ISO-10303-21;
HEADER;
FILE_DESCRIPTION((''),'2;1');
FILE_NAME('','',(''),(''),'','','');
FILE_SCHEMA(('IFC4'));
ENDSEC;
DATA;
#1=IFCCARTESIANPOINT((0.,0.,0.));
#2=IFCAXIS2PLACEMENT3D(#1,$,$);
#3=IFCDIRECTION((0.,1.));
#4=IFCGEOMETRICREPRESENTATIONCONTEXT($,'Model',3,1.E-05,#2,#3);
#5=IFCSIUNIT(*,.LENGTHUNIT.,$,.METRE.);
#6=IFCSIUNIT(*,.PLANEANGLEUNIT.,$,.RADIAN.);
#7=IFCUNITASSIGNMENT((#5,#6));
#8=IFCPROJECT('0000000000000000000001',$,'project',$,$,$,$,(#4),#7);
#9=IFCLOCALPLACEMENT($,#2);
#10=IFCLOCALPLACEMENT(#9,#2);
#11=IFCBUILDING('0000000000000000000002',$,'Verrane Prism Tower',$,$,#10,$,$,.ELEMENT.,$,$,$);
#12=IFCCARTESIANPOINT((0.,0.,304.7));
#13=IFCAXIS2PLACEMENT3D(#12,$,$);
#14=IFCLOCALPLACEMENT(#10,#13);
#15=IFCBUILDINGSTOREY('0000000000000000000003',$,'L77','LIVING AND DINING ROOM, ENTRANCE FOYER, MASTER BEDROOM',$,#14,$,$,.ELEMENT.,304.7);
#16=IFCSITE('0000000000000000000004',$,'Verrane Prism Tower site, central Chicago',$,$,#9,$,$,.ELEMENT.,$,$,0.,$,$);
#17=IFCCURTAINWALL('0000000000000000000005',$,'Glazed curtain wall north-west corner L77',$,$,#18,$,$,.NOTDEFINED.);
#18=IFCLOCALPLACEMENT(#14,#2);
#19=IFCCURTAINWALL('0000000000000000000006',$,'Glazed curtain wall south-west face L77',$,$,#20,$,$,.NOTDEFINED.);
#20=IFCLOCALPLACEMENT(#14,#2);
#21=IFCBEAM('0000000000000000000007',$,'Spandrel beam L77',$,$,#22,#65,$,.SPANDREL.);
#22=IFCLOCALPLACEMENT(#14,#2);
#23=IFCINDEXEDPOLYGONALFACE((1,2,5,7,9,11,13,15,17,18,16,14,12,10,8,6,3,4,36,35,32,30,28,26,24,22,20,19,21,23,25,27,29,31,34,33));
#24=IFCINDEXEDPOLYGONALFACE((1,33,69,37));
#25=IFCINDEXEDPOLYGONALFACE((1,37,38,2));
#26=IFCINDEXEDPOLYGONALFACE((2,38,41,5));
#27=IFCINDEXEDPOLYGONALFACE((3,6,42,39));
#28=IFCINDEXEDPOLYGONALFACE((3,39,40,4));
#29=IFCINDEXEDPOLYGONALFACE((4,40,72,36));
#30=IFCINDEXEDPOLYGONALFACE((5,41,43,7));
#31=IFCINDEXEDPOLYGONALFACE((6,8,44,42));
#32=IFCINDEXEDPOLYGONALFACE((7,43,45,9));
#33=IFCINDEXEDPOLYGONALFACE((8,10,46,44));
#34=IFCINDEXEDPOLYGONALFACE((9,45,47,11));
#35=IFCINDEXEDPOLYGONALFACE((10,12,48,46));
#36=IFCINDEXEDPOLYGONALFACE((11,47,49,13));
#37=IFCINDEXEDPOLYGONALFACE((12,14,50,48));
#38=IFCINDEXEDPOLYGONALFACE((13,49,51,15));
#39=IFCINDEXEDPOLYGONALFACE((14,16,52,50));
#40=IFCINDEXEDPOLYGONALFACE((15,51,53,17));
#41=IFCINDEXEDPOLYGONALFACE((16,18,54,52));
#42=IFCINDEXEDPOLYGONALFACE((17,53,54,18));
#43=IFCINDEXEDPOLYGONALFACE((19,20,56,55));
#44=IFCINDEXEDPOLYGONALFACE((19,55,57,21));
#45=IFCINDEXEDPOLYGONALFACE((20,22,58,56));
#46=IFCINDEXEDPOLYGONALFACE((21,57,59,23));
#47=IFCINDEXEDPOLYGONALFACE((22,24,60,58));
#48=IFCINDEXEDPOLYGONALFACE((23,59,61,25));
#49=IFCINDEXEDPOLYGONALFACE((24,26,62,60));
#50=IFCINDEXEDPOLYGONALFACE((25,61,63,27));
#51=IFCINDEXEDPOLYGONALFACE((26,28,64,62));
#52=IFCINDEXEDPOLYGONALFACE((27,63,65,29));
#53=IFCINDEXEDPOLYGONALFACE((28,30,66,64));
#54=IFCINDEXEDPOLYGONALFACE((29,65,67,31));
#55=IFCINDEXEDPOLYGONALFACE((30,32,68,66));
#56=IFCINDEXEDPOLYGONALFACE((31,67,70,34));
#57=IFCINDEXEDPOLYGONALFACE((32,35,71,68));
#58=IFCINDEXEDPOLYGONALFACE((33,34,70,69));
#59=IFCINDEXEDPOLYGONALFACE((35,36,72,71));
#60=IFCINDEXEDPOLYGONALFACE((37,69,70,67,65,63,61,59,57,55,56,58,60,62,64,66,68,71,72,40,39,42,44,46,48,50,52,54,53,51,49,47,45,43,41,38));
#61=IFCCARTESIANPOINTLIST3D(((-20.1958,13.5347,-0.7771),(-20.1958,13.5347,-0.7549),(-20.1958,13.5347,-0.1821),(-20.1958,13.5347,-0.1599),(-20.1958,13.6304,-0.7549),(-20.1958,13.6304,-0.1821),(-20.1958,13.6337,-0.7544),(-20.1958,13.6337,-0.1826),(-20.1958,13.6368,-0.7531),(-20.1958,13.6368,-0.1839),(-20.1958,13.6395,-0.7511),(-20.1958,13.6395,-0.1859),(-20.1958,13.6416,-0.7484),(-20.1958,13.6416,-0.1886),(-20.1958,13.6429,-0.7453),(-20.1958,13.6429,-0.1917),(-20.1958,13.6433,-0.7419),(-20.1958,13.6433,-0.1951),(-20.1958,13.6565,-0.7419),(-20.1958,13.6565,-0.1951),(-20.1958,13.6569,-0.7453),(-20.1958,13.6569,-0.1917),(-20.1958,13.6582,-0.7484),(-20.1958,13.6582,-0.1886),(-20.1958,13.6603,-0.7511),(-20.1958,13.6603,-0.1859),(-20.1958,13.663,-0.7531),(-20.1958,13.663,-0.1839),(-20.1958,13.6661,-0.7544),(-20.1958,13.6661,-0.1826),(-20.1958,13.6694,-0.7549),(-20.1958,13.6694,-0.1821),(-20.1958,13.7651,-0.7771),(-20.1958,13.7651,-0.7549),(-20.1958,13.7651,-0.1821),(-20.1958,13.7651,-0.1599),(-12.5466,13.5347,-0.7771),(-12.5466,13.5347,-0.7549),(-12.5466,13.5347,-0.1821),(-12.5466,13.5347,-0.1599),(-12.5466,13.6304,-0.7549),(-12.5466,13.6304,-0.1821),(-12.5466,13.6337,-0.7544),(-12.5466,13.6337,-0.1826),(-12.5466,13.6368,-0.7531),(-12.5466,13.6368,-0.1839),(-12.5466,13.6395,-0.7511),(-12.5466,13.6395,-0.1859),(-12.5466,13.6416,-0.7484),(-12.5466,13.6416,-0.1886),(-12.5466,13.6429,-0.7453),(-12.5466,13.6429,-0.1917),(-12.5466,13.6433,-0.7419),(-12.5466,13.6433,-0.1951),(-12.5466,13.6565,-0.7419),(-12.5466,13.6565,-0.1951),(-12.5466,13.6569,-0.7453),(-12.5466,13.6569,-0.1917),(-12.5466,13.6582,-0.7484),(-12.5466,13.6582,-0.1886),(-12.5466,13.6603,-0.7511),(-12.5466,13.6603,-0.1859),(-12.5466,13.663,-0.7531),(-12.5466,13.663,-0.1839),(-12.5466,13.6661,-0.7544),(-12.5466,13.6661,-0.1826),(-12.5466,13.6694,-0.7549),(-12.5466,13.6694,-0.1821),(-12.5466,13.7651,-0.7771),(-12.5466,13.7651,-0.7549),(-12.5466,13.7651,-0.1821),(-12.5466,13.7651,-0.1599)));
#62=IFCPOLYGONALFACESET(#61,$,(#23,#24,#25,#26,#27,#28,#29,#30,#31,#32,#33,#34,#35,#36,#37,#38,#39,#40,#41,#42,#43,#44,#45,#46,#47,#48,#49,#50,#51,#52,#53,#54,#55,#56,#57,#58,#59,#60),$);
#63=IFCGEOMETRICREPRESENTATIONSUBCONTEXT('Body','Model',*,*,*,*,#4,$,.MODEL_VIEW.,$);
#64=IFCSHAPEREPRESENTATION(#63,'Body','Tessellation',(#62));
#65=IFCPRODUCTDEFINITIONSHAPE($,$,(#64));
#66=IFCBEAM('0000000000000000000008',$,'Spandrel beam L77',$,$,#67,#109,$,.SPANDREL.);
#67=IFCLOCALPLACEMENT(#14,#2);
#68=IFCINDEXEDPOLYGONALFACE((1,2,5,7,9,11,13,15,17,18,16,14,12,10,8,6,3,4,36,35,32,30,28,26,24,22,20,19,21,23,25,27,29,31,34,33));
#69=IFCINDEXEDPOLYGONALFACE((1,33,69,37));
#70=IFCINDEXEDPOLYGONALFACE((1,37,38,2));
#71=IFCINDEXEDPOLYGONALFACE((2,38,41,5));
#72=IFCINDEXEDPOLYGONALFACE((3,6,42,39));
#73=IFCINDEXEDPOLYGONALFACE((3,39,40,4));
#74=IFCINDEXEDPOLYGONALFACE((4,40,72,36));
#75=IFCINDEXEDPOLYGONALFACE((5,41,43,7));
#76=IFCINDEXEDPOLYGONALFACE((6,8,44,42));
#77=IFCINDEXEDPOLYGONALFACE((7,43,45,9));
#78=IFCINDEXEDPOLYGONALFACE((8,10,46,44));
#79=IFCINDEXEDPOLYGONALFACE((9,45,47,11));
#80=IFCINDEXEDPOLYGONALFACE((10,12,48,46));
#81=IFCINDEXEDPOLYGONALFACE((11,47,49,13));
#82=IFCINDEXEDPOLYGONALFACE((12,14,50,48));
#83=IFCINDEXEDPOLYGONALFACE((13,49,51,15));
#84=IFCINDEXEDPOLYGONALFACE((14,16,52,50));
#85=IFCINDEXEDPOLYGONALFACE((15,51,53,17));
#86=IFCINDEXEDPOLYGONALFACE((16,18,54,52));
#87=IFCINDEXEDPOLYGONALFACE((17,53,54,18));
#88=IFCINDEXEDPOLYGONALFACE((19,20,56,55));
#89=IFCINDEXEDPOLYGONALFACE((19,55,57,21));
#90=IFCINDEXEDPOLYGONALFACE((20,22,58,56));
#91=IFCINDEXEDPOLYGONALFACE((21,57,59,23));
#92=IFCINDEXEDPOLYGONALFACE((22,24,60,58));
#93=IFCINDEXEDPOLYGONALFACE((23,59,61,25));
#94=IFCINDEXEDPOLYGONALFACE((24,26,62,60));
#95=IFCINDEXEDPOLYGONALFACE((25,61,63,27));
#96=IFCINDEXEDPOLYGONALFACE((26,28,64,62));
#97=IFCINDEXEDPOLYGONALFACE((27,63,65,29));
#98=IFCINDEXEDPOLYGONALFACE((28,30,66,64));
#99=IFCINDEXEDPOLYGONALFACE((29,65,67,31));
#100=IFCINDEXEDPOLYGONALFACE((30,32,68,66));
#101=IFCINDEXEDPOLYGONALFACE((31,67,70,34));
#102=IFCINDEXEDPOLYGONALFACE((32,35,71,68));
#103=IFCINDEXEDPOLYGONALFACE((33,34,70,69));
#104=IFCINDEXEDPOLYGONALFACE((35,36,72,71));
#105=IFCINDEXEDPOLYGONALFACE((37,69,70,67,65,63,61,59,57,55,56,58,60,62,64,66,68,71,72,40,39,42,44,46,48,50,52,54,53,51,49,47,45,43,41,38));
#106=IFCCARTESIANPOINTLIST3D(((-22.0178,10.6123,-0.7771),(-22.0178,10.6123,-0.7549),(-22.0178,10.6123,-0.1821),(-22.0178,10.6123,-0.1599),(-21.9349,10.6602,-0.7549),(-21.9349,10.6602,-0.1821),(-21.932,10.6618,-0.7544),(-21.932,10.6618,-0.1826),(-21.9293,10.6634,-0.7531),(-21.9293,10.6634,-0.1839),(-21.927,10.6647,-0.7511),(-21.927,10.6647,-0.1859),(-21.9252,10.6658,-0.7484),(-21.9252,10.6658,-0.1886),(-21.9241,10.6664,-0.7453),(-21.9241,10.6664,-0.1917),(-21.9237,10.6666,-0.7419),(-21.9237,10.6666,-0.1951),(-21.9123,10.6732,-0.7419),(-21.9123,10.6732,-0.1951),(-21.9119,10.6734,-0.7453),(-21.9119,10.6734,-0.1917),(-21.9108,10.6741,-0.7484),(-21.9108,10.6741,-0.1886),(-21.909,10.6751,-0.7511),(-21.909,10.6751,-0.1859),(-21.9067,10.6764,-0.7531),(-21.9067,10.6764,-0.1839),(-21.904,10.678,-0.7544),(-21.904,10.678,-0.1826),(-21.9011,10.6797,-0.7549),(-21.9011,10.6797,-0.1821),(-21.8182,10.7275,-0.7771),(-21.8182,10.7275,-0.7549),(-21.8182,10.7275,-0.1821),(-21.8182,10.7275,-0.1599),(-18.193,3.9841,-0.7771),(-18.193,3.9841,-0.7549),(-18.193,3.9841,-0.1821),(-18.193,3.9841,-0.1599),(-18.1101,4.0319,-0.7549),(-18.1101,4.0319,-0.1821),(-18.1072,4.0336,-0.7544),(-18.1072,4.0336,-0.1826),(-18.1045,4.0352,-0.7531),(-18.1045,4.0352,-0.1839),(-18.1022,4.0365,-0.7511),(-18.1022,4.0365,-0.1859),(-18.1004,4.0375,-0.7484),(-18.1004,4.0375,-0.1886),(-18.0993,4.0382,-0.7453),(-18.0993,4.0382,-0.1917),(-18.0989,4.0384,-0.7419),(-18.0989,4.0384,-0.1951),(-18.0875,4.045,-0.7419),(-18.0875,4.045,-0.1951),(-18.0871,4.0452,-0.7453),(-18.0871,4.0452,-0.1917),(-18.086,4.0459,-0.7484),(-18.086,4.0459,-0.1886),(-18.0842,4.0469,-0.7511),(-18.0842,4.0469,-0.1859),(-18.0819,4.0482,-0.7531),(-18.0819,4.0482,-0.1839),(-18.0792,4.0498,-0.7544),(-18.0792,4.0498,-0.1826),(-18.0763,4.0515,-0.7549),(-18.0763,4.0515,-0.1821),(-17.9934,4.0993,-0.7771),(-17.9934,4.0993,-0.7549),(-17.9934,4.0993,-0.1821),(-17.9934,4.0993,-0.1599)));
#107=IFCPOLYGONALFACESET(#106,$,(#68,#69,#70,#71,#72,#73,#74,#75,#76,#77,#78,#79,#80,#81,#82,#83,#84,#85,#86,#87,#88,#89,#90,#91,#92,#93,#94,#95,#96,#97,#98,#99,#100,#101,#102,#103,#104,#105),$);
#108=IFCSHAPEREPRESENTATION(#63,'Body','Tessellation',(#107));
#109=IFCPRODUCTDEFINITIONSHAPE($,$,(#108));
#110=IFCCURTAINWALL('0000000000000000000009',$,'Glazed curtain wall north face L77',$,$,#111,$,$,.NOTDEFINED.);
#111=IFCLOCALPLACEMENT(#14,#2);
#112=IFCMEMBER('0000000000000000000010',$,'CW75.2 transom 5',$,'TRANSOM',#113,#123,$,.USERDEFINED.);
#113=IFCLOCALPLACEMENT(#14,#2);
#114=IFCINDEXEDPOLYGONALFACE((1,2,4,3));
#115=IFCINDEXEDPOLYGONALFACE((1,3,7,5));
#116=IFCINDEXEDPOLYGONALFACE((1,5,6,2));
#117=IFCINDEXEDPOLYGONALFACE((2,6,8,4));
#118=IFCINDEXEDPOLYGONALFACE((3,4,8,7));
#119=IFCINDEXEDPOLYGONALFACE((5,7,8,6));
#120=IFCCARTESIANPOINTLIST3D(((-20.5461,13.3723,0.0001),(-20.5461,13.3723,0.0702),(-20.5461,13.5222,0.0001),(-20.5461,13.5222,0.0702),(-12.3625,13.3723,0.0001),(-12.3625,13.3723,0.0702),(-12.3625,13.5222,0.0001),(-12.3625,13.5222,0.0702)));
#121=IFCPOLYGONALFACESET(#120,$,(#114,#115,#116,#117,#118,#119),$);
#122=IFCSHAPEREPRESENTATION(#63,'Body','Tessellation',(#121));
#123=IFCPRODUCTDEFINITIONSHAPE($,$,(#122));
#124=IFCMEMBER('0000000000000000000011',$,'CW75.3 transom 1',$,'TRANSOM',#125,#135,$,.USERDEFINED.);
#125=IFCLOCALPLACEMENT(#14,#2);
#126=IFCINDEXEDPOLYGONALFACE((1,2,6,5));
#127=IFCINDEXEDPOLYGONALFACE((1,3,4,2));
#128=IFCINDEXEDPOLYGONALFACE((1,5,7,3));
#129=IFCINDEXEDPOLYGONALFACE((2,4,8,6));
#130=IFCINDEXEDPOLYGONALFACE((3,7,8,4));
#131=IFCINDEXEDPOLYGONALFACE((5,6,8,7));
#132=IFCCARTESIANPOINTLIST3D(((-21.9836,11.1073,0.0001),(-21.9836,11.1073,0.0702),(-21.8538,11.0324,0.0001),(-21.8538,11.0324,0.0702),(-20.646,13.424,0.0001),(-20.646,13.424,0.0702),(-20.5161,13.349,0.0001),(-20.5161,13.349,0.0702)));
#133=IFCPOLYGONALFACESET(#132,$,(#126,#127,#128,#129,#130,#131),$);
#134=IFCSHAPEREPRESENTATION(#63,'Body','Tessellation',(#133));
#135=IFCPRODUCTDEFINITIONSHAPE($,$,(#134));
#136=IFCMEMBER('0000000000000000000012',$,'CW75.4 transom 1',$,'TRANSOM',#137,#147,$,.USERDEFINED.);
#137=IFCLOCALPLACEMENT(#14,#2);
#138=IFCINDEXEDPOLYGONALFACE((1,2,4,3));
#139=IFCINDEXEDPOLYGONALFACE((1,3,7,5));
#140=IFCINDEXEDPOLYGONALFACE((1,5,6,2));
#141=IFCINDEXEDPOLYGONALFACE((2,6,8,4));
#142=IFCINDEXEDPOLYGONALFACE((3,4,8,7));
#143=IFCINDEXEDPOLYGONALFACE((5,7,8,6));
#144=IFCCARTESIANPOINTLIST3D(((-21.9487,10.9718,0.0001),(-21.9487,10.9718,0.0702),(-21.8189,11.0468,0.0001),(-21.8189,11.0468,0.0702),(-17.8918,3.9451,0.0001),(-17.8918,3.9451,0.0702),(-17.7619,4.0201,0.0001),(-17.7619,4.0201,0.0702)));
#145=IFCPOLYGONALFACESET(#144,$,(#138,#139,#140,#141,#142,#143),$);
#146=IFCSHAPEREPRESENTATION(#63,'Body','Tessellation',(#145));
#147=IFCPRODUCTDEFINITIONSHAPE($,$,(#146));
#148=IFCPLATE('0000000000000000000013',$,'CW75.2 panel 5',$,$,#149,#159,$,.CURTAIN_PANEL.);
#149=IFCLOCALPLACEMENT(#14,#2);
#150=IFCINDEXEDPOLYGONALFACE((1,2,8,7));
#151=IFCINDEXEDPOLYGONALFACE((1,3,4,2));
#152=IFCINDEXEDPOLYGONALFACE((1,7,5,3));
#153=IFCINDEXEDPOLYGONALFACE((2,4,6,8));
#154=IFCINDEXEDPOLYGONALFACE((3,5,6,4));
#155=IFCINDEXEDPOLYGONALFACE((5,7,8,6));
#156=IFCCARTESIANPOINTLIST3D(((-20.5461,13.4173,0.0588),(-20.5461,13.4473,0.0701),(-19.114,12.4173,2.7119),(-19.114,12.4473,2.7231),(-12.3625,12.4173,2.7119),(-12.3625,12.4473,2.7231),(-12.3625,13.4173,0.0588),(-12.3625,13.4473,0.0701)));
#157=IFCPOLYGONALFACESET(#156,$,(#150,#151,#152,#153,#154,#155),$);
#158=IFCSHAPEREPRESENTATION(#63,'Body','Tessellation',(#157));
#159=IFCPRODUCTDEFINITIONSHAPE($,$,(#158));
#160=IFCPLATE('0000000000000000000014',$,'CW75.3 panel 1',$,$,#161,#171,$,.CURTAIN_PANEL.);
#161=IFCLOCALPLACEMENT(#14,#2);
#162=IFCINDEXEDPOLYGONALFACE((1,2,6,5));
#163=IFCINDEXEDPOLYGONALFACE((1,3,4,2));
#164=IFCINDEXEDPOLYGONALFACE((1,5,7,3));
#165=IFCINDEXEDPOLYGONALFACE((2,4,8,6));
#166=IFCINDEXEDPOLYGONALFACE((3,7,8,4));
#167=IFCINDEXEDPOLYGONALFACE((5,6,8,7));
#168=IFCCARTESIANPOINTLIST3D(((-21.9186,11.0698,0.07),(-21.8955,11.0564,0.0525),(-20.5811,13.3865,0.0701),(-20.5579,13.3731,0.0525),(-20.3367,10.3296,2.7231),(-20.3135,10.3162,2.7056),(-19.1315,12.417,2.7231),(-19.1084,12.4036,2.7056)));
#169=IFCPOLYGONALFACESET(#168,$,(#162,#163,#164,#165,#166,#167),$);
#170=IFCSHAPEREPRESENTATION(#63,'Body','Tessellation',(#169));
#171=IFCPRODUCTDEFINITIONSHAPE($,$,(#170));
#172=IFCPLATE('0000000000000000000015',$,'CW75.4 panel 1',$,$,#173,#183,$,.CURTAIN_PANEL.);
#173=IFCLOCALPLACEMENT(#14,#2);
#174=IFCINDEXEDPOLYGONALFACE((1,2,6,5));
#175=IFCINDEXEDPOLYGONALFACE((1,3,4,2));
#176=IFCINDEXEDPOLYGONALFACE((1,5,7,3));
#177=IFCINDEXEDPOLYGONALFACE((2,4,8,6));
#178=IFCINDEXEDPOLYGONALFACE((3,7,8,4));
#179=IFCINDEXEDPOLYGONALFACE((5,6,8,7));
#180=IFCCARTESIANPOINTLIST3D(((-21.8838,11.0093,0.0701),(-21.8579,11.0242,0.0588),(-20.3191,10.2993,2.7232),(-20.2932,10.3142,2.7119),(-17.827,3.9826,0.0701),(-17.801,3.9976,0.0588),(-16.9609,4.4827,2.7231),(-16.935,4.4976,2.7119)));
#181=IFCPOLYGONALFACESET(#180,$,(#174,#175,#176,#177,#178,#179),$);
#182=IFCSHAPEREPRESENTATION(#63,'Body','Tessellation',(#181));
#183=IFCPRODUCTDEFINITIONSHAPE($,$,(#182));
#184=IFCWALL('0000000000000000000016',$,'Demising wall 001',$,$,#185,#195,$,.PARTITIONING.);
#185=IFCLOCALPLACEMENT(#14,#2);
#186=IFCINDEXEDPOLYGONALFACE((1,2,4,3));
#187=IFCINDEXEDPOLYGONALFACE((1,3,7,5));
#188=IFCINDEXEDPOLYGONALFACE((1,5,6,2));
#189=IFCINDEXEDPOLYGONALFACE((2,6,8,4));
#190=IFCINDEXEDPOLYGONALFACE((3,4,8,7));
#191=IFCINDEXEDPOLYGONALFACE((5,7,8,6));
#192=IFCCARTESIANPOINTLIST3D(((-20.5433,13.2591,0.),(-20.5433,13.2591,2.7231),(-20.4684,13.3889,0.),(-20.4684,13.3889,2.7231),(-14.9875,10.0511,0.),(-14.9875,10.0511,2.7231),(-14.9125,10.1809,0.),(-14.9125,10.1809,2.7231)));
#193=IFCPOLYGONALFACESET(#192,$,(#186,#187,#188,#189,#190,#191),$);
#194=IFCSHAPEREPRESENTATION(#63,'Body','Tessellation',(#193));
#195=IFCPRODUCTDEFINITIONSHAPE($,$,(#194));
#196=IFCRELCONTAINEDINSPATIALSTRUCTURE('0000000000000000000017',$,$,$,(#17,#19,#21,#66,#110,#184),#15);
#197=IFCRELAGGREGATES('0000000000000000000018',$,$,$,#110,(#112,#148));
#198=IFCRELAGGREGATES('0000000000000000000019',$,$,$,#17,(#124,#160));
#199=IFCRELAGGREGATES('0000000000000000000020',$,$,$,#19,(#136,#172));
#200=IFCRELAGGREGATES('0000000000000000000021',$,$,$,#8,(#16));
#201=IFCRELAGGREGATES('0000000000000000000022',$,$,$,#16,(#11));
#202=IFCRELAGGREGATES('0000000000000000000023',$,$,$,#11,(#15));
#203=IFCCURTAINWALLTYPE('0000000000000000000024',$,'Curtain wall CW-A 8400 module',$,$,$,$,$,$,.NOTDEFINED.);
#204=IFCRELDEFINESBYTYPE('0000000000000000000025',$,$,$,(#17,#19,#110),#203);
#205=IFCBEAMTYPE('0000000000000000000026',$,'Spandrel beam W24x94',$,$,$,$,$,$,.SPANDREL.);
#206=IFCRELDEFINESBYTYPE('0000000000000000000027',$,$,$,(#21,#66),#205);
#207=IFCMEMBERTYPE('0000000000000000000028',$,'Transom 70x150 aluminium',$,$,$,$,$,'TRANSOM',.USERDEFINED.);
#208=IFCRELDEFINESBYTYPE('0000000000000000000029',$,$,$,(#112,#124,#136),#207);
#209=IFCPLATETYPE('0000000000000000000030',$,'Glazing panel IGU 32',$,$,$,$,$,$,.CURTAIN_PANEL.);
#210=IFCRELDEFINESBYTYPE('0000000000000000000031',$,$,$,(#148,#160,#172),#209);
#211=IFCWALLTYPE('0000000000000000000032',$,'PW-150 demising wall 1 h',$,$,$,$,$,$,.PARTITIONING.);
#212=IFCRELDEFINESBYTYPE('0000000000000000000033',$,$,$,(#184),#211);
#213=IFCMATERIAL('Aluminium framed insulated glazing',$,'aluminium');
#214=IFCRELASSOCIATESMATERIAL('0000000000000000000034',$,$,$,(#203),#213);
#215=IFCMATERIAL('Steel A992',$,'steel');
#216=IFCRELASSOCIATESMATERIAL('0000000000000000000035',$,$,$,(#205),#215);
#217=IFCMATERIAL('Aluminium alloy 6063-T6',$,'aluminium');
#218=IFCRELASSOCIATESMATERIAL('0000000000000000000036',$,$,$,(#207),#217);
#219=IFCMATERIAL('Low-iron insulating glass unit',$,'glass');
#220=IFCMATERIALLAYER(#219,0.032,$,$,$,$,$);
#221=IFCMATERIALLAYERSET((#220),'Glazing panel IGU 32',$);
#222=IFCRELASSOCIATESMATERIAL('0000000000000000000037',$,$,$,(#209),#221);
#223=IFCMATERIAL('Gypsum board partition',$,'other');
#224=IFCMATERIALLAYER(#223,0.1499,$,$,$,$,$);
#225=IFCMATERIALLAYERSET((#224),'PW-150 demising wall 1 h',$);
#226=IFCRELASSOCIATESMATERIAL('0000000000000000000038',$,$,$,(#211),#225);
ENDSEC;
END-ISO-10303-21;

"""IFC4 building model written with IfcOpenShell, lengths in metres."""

from ifc_helpers import new_model, si_unit, direction, frame, frame_2d, origin, origin_2d, place, context, subcontext, project, spatial, polyline, rectangle, i_section, outline, extrude, material, layer, layer_set, material_profile, profile_set, type_object, element, aggregate, save


model = new_model("IFC4")

# Units and contexts
model_context = context("Model", 3, precision=1e-05, world=origin(), true_north=direction((0.0, 1.0)))
body_context = subcontext(model_context, "Body", "Model", "MODEL_VIEW")
ifc_project = project(units=[si_unit("LENGTHUNIT", "METRE"), si_unit("PLANEANGLEUNIT", "RADIAN")], contexts=[model_context])

# Site, building, storey
site_placement = place(None, origin())
site = spatial("IfcSite", under=ifc_project, at=site_placement, Name="Verrane Prism Tower site, central Chicago", CompositionType="ELEMENT", RefElevation=0.0)
building_placement = place(site_placement, origin())
building = spatial("IfcBuilding", under=site, at=building_placement, Name="Verrane Prism Tower", CompositionType="ELEMENT")
storey_placement = place(building_placement, frame((0.0, 0.0, 304.7)))
storey = spatial("IfcBuildingStorey", under=building, at=storey_placement, Name="L77", Description="LIVING AND DINING ROOM, ENTRANCE FOYER, MASTER BEDROOM", CompositionType="ELEMENT", Elevation=304.7)

# Curtain walls
ifc_material_1 = material(Name="Aluminium framed insulated glazing", Category="aluminium")
curtain_wall_type = type_object("IfcCurtainWallType", Name="Curtain wall CW-A 8400 module", PredefinedType="NOTDEFINED", material=ifc_material_1)
curtain_wall_1_placement = place(storey_placement, origin())
curtain_wall_1 = element("IfcCurtainWall", 1, at=curtain_wall_1_placement, inside=storey, type_object=curtain_wall_type, Name="Glazed curtain wall north-west corner L77", PredefinedType="NOTDEFINED")
curtain_wall_2_placement = place(storey_placement, origin())
curtain_wall_2 = element("IfcCurtainWall", 2, at=curtain_wall_2_placement, inside=storey, type_object=curtain_wall_type, Name="Glazed curtain wall south-west face L77", PredefinedType="NOTDEFINED")

# Beams
ifc_material_2 = material(Name="Steel A992", Category="steel")
ifc_material_profile_1 = material_profile(ifc_material_2, i_section(OverallWidth=0.2305, OverallDepth=0.6172, WebThickness=0.0132, FlangeThickness=0.0222, FilletRadius=0.0129, at=origin_2d()), Name="W24x94")
ifc_profile_set_1 = profile_set([ifc_material_profile_1], Name="Steel A992")
beam_type_1 = type_object("IfcBeamType", Name="Spandrel beam W24x94", PredefinedType="SPANDREL", material=ifc_profile_set_1)
beam_1_placement = place(storey_placement, frame((-12.5466, 13.6499, -0.4685), z_axis=(-1.0, 0.0, 0.0), x_axis=(0.0, -1.0, 0.0)))
element("IfcBeam", 3, at=beam_1_placement, inside=storey, type_object=beam_type_1, Name="Spandrel beam L77", PredefinedType="SPANDREL", context=body_context, shape_type="SweptSolid", body=[
    extrude(i_section(OverallWidth=0.2305, OverallDepth=0.6172, WebThickness=0.0132, FlangeThickness=0.0222, FilletRadius=0.0129, at=origin_2d()), origin(), (0.0, 0.0, 1.0), 7.6492),
])
beam_2_placement = place(storey_placement, frame((-21.918, 10.6699, -0.4685), z_axis=(0.499797, -0.866143, 0.0), x_axis=(0.866143, 0.499797, 0.0)))
element("IfcBeam", 4, at=beam_2_placement, inside=storey, type_object=beam_type_1, Name="Spandrel beam L77", PredefinedType="SPANDREL", context=body_context, shape_type="SweptSolid", body=[
    extrude(i_section(OverallWidth=0.2305, OverallDepth=0.6172, WebThickness=0.0132, FlangeThickness=0.0222, FilletRadius=0.0129, at=origin_2d()), origin(), (0.0, 0.0, 1.0), 7.6526),
])

# Curtain wall, member
curtain_wall_3_placement = place(storey_placement, origin())
curtain_wall_3 = element("IfcCurtainWall", 5, at=curtain_wall_3_placement, inside=storey, type_object=curtain_wall_type, Name="Glazed curtain wall north face L77", PredefinedType="NOTDEFINED")
ifc_material_3 = material(Name="Aluminium alloy 6063-T6", Category="aluminium")
ifc_material_profile_2 = material_profile(ifc_material_3, rectangle(XDim=0.1499, YDim=0.0701, at=origin_2d()), Name="Transom 70x150 aluminium")
ifc_profile_set_2 = profile_set([ifc_material_profile_2], Name="Aluminium alloy 6063-T6")
member_type_1 = type_object("IfcMemberType", Name="Transom 70x150 aluminium", ElementType="TRANSOM", PredefinedType="USERDEFINED", material=ifc_profile_set_2)
member_1_placement = place(storey_placement, frame((-12.3625, 13.4473, 0.0352), z_axis=(-1.0, 0.0, 0.0), x_axis=(0.0, -1.0, 0.0)))
member_1 = element("IfcMember", 6, at=member_1_placement, type_object=member_type_1, Name="CW75.2 transom 5", ObjectType="TRANSOM", PredefinedType="USERDEFINED", context=body_context, shape_type="SweptSolid", body=[
    extrude(rectangle(XDim=0.1499, YDim=0.0701, at=origin_2d()), origin(), (0.0, 0.0, 1.0), 8.1836),
])

# Members
member_2_placement = place(storey_placement, frame((-20.5811, 13.3865, 0.0352), z_axis=(-0.500036, -0.866005, 0.0), x_axis=(0.866005, -0.500036, 0.0)))
member_2 = element("IfcMember", 7, at=member_2_placement, type_object=member_type_1, Name="CW75.3 transom 1", ObjectType="TRANSOM", PredefinedType="USERDEFINED", context=body_context, shape_type="SweptSolid", body=[
    extrude(rectangle(XDim=0.1499, YDim=0.0701, at=origin_2d()), origin(), (0.0, 0.0, 1.0), 2.675),
])
member_3_placement = place(storey_placement, frame((-21.8838, 11.0093, 0.0352), z_axis=(0.500006, -0.866022, 0.0), x_axis=(0.866022, 0.500006, 0.0)))
member_3 = element("IfcMember", 8, at=member_3_placement, type_object=member_type_1, Name="CW75.4 transom 1", ObjectType="TRANSOM", PredefinedType="USERDEFINED", context=body_context, shape_type="SweptSolid", body=[
    extrude(rectangle(XDim=0.1499, YDim=0.0701, at=origin_2d()), origin(), (0.0, 0.0, 1.0), 8.1138),
])

# Plates
ifc_material_4 = material(Name="Low-iron insulating glass unit", Category="glass")
ifc_layer_1 = layer(ifc_material_4, 0.032)
ifc_layer_set_1 = layer_set([ifc_layer_1], Name="Glazing panel IGU 32")
plate_type = type_object("IfcPlateType", Name="Glazing panel IGU 32", PredefinedType="CURTAIN_PANEL", material=ifc_layer_set_1)
plate_1_placement = place(storey_placement, frame((-12.3625, 13.4473, 0.0701), z_axis=(0.0, 0.935737, 0.352699), x_axis=(-1.0, 0.0, 0.0)))
plate_1 = element("IfcPlate", 9, at=plate_1_placement, type_object=plate_type, Name="CW75.2 panel 5", PredefinedType="CURTAIN_PANEL", context=body_context, shape_type="SweptSolid", body=[
    extrude(outline(polyline([(0.0, 0.0), (8.1836, 0.0), (6.7515, 2.8353), (0.0, 2.8353), (0.0, 0.0)])), origin(), (0.0, 0.0, -1.0), 0.032),
])
aggregate(curtain_wall_3, [member_1, plate_1])
plate_2_placement = place(storey_placement, frame((-20.5811, 13.3865, 0.0701), z_axis=(-0.724158, 0.4181, 0.548441), x_axis=(-0.500015, -0.866017, -0.000016)))
plate_2 = element("IfcPlate", 10, at=plate_2_placement, type_object=plate_type, Name="CW75.3 panel 1", PredefinedType="CURTAIN_PANEL", context=body_context, shape_type="SweptSolid", body=[
    extrude(outline(polyline([(0.0, 0.0), (2.6751, 0.0), (2.5251, 3.1729), (0.1148, 3.1728), (0.0, 0.0)])), origin(), (0.0, 0.0, -1.0), 0.032),
])
aggregate(curtain_wall_1, [member_2, plate_2])
plate_3_placement = place(storey_placement, frame((-21.8838, 11.0093, 0.0701), z_axis=(-0.810371, -0.467866, 0.352705), x_axis=(0.5, -0.866025, 0.000003)))
plate_3 = element("IfcPlate", 11, at=plate_3_placement, type_object=plate_type, Name="CW75.4 panel 1", PredefinedType="CURTAIN_PANEL", context=body_context, shape_type="SweptSolid", body=[
    extrude(outline(polyline([(0.0, 0.0), (8.1137, 0.0), (8.1136, 2.8353), (1.3972, 2.8353), (0.0, 0.0)])), origin(), (0.0, 0.0, -1.0), 0.032),
])
aggregate(curtain_wall_2, [member_3, plate_3])

# Wall
ifc_material_5 = material(Name="Gypsum board partition", Category="other")
ifc_layer_2 = layer(ifc_material_5, 0.1499)
ifc_layer_set_2 = layer_set([ifc_layer_2], Name="PW-150 demising wall 1 h")
wall_type = type_object("IfcWallType", Name="PW-150 demising wall 1 h", PredefinedType="PARTITIONING", material=ifc_layer_set_2)
wall_1_placement = place(storey_placement, frame((-20.5059, 13.324, 0.0), z_axis=(0.0, 0.0, 1.0), x_axis=(0.866005, -0.500035, 0.0)))
element("IfcWall", 12, at=wall_1_placement, inside=storey, type_object=wall_type, Name="Demising wall 001", PredefinedType="PARTITIONING", context=body_context, shape_type="SweptSolid", body=[
    extrude(rectangle(XDim=6.4155, YDim=0.1499, at=frame_2d((3.2078, 0.0))), origin(), (0.0, 0.0, 1.0), 2.7231),
])

save(model, "model.ifc")
